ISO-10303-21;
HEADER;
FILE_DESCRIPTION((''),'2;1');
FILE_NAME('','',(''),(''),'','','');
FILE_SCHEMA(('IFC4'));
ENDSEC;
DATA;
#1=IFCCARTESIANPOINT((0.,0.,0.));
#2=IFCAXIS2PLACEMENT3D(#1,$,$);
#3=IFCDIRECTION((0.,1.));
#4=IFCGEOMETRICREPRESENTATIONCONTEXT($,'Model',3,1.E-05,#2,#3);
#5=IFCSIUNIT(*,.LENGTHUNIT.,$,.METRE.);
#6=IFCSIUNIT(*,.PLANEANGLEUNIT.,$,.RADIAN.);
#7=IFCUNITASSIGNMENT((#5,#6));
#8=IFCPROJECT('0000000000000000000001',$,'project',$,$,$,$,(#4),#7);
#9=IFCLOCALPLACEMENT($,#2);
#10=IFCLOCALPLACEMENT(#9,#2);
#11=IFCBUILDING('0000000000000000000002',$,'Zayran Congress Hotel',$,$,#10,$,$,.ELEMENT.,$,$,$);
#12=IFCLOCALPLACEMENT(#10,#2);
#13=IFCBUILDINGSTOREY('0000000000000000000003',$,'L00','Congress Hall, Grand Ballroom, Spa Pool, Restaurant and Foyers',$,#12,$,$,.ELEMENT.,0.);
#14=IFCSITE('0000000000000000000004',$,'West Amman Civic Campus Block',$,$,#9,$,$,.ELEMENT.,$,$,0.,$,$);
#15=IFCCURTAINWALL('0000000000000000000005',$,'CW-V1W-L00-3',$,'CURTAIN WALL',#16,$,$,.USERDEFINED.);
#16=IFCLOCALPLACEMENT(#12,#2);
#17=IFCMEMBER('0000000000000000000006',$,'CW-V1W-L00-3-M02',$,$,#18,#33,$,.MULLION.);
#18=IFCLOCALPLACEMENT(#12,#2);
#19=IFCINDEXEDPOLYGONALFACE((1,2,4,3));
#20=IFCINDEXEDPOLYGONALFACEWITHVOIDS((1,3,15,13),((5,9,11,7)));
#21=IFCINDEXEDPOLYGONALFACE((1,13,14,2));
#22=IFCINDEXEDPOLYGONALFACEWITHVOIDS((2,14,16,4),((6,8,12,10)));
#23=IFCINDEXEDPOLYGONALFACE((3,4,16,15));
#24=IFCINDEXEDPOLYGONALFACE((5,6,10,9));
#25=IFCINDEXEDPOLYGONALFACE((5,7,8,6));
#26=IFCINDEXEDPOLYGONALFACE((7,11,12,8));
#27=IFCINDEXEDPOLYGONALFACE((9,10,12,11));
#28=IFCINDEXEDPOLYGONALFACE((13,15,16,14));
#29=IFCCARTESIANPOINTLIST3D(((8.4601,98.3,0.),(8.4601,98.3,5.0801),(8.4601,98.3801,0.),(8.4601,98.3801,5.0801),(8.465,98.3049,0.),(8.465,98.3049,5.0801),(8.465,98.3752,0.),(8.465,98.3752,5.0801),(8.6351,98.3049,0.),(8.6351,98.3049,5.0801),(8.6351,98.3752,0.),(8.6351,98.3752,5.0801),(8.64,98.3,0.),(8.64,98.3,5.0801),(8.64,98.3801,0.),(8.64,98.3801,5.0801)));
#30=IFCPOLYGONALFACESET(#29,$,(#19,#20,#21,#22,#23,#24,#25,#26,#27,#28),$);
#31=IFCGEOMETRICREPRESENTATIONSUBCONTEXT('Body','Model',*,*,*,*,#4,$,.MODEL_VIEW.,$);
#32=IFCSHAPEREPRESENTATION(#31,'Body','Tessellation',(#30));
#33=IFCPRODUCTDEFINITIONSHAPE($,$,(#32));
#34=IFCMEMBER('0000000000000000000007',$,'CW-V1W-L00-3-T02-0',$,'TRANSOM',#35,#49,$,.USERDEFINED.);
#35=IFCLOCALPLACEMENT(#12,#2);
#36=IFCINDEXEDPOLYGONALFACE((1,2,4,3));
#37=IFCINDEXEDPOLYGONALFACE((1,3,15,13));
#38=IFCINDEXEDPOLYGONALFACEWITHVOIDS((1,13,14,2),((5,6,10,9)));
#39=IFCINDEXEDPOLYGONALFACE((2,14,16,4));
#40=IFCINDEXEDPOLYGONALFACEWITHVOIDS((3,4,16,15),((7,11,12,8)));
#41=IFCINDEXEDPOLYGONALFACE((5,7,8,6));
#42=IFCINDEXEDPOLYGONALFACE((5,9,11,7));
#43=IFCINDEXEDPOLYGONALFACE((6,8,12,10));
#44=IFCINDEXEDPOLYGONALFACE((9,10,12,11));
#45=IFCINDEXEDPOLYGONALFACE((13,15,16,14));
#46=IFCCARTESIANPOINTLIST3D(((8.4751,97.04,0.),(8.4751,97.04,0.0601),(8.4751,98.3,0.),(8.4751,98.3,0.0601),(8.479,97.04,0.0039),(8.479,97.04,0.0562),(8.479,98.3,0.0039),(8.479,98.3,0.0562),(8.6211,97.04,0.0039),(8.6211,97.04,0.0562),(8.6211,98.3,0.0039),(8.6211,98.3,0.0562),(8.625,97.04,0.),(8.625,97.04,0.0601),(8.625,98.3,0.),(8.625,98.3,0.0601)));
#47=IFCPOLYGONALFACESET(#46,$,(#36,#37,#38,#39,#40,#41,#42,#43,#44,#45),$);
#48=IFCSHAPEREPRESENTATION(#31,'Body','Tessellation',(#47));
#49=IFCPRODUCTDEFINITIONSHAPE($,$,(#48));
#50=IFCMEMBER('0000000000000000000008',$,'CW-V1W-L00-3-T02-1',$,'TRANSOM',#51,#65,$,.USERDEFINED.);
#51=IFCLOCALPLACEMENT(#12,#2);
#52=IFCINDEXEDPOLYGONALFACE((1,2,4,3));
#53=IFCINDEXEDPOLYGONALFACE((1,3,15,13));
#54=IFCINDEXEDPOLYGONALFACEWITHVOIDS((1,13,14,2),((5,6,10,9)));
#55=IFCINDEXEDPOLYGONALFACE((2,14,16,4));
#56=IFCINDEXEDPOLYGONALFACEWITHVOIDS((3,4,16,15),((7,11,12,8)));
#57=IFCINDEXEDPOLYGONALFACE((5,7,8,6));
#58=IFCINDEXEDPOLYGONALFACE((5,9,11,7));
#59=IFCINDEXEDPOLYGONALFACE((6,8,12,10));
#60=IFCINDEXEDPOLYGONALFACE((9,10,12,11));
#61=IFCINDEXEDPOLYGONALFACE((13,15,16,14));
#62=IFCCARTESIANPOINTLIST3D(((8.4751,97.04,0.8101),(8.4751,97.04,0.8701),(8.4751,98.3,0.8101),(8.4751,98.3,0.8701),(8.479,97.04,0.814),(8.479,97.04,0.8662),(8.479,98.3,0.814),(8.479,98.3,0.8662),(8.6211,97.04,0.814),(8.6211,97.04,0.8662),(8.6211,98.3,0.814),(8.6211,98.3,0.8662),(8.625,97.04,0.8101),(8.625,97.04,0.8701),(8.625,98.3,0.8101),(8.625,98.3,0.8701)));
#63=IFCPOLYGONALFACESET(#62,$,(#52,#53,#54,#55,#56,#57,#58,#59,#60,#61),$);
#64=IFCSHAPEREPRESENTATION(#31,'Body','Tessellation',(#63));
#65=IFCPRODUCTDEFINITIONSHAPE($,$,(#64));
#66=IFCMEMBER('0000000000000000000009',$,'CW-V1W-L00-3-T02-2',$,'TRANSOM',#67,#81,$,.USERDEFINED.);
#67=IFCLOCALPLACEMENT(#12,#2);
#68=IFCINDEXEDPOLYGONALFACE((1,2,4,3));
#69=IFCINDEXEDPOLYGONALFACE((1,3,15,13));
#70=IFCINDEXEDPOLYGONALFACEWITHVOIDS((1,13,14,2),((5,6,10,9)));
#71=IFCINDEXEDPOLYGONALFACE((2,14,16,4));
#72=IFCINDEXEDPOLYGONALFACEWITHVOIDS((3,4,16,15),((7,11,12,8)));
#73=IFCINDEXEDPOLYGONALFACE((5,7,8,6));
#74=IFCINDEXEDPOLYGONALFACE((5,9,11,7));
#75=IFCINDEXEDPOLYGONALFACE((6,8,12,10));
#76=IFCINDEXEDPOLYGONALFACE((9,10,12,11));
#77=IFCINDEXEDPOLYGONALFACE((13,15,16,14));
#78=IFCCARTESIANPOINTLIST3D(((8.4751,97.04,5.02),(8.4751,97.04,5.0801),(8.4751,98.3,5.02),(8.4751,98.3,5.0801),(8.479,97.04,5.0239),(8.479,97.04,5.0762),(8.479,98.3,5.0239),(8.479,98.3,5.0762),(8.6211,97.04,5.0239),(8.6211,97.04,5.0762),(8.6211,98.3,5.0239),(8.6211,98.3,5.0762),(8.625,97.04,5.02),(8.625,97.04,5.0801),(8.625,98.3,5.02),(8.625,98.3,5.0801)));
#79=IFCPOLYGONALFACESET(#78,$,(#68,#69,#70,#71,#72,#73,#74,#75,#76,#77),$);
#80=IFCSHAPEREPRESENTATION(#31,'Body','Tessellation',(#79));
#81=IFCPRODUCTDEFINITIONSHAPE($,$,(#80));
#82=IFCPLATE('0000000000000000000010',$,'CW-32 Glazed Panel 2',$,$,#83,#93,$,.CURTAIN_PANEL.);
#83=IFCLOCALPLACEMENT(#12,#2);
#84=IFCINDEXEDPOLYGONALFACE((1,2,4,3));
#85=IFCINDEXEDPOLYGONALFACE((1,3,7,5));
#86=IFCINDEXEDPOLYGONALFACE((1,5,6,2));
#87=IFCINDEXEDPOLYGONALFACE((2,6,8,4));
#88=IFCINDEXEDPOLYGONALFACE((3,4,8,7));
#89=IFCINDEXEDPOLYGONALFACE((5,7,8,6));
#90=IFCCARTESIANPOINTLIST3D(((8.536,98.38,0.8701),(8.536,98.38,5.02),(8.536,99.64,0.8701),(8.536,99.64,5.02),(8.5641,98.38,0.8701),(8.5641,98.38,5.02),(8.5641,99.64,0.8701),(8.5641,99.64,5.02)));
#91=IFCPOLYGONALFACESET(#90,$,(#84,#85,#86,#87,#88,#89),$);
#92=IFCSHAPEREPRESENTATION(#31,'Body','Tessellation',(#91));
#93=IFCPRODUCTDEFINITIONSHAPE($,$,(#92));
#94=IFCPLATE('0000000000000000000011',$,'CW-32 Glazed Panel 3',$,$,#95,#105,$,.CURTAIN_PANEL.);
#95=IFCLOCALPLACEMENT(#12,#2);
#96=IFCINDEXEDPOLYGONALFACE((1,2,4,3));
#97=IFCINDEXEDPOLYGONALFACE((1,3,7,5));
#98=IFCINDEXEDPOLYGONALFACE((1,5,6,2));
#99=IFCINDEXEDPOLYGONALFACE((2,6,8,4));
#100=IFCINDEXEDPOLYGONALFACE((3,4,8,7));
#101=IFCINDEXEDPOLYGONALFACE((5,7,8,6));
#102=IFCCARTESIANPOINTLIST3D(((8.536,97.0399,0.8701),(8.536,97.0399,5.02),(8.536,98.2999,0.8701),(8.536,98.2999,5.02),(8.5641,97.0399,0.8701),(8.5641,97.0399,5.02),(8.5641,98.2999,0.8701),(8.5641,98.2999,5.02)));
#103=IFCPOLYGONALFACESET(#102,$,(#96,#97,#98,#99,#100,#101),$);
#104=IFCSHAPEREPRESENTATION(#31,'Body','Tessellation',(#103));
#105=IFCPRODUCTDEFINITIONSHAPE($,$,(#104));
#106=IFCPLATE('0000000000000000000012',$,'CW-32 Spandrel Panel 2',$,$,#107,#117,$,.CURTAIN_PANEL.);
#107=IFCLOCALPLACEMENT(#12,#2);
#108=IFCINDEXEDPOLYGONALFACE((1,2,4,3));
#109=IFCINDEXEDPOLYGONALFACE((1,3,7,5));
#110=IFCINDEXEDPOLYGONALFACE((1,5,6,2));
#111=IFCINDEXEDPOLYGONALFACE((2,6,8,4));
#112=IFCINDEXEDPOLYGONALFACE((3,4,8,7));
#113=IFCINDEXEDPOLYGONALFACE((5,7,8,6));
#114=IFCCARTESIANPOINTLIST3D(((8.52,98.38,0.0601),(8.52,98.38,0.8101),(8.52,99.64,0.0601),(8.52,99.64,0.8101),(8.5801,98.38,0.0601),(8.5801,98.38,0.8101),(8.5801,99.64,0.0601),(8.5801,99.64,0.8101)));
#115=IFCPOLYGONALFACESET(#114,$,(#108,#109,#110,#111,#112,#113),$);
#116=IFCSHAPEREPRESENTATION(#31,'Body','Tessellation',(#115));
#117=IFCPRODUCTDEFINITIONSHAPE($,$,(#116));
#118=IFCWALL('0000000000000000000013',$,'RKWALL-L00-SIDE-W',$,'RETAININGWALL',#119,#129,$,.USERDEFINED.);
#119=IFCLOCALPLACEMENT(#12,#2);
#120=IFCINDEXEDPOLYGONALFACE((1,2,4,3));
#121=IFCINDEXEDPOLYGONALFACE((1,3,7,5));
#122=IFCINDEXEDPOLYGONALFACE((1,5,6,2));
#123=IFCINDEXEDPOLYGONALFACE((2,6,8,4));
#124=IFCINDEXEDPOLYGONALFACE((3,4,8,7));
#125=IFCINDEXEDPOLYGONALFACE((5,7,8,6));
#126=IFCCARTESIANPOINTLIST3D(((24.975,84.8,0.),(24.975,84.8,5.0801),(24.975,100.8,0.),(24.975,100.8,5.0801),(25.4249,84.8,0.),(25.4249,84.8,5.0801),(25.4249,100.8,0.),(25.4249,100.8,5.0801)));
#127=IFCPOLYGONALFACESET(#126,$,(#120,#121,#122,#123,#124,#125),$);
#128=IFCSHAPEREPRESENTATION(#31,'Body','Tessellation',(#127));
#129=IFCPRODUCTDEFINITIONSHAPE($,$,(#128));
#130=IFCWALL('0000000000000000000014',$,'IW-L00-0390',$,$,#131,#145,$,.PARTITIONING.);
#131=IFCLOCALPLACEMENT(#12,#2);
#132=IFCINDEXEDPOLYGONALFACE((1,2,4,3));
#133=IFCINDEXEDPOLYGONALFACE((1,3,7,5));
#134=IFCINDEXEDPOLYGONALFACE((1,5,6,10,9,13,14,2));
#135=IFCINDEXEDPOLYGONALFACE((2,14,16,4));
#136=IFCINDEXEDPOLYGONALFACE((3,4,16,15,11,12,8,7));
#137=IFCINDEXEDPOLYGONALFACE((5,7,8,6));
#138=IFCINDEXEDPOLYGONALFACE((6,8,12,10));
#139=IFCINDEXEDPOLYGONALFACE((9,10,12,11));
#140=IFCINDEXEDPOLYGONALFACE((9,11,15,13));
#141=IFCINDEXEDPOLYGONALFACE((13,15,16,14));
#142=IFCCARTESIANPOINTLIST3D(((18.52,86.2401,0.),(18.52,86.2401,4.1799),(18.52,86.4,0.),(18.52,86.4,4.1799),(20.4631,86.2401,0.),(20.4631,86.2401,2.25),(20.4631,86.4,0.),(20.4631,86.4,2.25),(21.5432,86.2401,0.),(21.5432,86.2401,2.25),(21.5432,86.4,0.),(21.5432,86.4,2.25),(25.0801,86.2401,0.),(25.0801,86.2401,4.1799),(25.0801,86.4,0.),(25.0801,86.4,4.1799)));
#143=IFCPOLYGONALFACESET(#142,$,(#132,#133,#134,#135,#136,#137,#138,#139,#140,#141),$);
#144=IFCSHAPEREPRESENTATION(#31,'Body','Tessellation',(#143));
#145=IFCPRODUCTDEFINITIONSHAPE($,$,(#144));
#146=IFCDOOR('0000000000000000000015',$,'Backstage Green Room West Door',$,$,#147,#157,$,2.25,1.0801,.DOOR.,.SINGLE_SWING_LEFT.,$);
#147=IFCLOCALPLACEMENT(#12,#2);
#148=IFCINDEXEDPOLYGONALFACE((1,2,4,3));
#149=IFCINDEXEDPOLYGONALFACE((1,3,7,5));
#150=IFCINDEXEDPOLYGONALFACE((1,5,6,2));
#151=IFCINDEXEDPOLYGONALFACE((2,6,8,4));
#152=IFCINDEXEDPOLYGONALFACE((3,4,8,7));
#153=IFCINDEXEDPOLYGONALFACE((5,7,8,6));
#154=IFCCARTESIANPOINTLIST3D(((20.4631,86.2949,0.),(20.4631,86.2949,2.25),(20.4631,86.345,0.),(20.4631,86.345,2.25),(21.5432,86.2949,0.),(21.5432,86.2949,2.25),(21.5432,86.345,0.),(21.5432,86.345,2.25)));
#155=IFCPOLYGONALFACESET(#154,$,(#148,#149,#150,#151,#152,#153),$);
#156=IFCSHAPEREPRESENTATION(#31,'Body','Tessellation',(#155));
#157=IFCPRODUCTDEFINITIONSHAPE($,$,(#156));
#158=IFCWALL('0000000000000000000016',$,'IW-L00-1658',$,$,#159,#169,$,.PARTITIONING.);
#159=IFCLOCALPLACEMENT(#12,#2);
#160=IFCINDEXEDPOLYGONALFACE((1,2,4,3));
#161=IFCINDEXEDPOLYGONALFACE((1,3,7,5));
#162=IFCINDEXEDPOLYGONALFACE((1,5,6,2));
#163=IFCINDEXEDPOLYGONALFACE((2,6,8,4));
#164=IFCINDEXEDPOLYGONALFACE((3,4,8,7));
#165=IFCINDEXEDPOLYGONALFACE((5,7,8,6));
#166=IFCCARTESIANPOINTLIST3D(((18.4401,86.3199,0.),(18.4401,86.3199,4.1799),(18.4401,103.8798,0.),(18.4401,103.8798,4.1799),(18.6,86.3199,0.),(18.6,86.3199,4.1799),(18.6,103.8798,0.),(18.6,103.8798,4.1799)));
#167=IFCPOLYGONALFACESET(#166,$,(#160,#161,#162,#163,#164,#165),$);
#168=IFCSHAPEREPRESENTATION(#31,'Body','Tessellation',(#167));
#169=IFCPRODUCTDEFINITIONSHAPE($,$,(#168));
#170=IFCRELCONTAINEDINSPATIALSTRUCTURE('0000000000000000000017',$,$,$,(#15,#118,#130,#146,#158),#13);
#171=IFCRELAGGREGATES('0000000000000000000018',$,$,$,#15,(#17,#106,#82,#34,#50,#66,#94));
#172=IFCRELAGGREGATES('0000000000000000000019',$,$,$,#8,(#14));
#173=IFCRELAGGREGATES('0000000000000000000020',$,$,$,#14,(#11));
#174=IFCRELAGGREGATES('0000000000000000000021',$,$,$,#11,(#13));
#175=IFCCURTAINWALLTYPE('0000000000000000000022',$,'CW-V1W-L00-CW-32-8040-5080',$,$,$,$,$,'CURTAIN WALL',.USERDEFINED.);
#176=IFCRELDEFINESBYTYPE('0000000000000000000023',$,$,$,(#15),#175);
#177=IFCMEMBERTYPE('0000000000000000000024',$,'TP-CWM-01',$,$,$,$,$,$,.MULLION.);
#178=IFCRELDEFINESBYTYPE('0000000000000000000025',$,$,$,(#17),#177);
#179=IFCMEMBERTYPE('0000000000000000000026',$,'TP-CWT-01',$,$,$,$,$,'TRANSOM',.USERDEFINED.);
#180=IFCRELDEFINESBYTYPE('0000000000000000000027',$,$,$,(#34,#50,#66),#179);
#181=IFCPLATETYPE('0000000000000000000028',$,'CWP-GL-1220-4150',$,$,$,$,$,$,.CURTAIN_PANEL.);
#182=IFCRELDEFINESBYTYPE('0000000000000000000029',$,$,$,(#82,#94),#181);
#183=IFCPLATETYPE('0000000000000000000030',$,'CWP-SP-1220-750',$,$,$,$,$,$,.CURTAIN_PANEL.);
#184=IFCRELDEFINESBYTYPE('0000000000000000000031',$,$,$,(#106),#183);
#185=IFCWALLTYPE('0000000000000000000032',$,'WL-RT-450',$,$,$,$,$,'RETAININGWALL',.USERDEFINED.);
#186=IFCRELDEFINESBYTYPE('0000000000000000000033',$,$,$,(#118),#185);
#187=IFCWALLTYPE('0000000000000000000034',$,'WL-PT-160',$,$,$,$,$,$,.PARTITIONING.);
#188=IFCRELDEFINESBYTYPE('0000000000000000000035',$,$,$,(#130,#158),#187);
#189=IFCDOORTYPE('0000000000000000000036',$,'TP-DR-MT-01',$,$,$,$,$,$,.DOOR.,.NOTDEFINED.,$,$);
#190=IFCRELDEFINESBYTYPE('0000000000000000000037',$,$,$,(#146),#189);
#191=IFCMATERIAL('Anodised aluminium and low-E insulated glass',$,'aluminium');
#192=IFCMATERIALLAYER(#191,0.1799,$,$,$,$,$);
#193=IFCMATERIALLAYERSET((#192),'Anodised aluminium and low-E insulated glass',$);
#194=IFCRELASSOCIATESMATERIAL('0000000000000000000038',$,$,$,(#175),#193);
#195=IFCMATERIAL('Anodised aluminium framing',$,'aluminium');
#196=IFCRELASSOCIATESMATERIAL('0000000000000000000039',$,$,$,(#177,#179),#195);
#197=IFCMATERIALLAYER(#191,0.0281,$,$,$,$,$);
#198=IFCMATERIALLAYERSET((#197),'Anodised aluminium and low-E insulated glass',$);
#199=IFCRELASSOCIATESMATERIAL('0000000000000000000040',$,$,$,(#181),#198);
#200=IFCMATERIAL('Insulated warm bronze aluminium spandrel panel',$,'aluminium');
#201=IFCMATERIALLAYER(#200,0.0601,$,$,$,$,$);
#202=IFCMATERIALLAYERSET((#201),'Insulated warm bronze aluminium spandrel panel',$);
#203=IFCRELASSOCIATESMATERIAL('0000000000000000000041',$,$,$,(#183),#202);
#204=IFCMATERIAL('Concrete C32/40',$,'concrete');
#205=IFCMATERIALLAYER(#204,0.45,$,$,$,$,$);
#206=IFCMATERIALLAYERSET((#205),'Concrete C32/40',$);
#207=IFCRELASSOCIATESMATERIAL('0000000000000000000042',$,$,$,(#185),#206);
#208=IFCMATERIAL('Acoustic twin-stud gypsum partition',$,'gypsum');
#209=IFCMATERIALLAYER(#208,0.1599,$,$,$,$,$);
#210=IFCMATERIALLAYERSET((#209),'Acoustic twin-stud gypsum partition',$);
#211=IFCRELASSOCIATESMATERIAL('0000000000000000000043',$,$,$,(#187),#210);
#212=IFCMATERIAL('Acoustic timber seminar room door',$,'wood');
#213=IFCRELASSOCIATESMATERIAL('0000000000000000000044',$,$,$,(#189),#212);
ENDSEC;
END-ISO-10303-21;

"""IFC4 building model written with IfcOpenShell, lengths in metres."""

from ifc_helpers import new_model, si_unit, direction, frame, frame_2d, origin, origin_2d, place, context, subcontext, project, spatial, rectangle, hollow_rectangle, extrude, material, layer, layer_set, material_profile, profile_set, type_object, element, fill, aggregate, save


model = new_model("IFC4")

# Units and contexts
model_context = context("Model", 3, precision=1e-05, world=origin(), true_north=direction((0.0, 1.0)))
body_context = subcontext(model_context, "Body", "Model", "MODEL_VIEW")
ifc_project = project(units=[si_unit("LENGTHUNIT", "METRE"), si_unit("PLANEANGLEUNIT", "RADIAN")], contexts=[model_context])

# Site, building, storey
site_placement = place(None, origin())
site = spatial("IfcSite", under=ifc_project, at=site_placement, Name="West Amman Civic Campus Block", CompositionType="ELEMENT", RefElevation=0.0)
building_placement = place(site_placement, origin())
building = spatial("IfcBuilding", under=site, at=building_placement, Name="Zayran Congress Hotel", CompositionType="ELEMENT")
storey_placement = place(building_placement, origin())
storey = spatial("IfcBuildingStorey", under=building, at=storey_placement, Name="L00", Description="Congress Hall, Grand Ballroom, Spa Pool, Restaurant and Foyers", CompositionType="ELEMENT", Elevation=0.0)

# Curtain wall, members, plates
ifc_material_1 = material(Name="Anodised aluminium and low-E insulated glass", Category="aluminium")
ifc_layer_1 = layer(ifc_material_1, 0.1799)
ifc_layer_set_1 = layer_set([ifc_layer_1], Name="Anodised aluminium and low-E insulated glass")
curtain_wall_type = type_object("IfcCurtainWallType", Name="CW-V1W-L00-CW-32-8040-5080", ElementType="CURTAIN WALL", PredefinedType="USERDEFINED", material=ifc_layer_set_1)
curtain_wall_placement = place(storey_placement, origin())
curtain_wall = element("IfcCurtainWall", 1, at=curtain_wall_placement, inside=storey, type_object=curtain_wall_type, Name="CW-V1W-L00-3", ObjectType="CURTAIN WALL", PredefinedType="USERDEFINED")
ifc_material_2 = material(Name="Anodised aluminium framing", Category="aluminium")
ifc_material_profile_1 = material_profile(ifc_material_2, hollow_rectangle(XDim=0.0801, YDim=0.1799, WallThickness=0.0049, at=origin_2d()), Name="RHS 180x80x5")
ifc_profile_set_1 = profile_set([ifc_material_profile_1], Name="Anodised aluminium framing")
member_type_1 = type_object("IfcMemberType", Name="TP-CWM-01", PredefinedType="MULLION", material=ifc_profile_set_1)
member_1_placement = place(storey_placement, frame((8.55, 98.3401, 0.0), z_axis=(0.0, 0.0, 1.0), x_axis=(0.0, 1.0, 0.0)))
member_1 = element("IfcMember", 2, at=member_1_placement, type_object=member_type_1, Name="CW-V1W-L00-3-M02", PredefinedType="MULLION", context=body_context, shape_type="SweptSolid", body=[
    extrude(hollow_rectangle(XDim=0.0801, YDim=0.1799, WallThickness=0.0049, at=origin_2d()), origin(), (0.0, 0.0, 1.0), 5.0801),
])
ifc_material_profile_2 = material_profile(ifc_material_2, hollow_rectangle(XDim=0.0601, YDim=0.1499, WallThickness=0.0039, at=origin_2d()), Name="RHS 150x60x4")
ifc_profile_set_2 = profile_set([ifc_material_profile_2], Name="Anodised aluminium framing")
member_type_2 = type_object("IfcMemberType", Name="TP-CWT-01", ElementType="TRANSOM", PredefinedType="USERDEFINED", material=ifc_profile_set_2)
member_2_placement = place(storey_placement, frame((8.55, 98.3, 0.03), z_axis=(0.0, -1.0, 0.0), x_axis=(0.0, 0.0, 1.0)))
member_2 = element("IfcMember", 3, at=member_2_placement, type_object=member_type_2, Name="CW-V1W-L00-3-T02-0", ObjectType="TRANSOM", PredefinedType="USERDEFINED", context=body_context, shape_type="SweptSolid", body=[
    extrude(hollow_rectangle(XDim=0.0601, YDim=0.1499, WallThickness=0.0039, at=origin_2d()), origin(), (0.0, 0.0, 1.0), 1.26),
])
member_3_placement = place(storey_placement, frame((8.55, 98.3, 0.8401), z_axis=(0.0, -1.0, 0.0), x_axis=(0.0, 0.0, 1.0)))
member_3 = element("IfcMember", 4, at=member_3_placement, type_object=member_type_2, Name="CW-V1W-L00-3-T02-1", ObjectType="TRANSOM", PredefinedType="USERDEFINED", context=body_context, shape_type="SweptSolid", body=[
    extrude(hollow_rectangle(XDim=0.0601, YDim=0.1499, WallThickness=0.0039, at=origin_2d()), origin(), (0.0, 0.0, 1.0), 1.26),
])
member_4_placement = place(storey_placement, frame((8.55, 98.3, 5.05), z_axis=(0.0, -1.0, 0.0), x_axis=(0.0, 0.0, 1.0)))
member_4 = element("IfcMember", 5, at=member_4_placement, type_object=member_type_2, Name="CW-V1W-L00-3-T02-2", ObjectType="TRANSOM", PredefinedType="USERDEFINED", context=body_context, shape_type="SweptSolid", body=[
    extrude(hollow_rectangle(XDim=0.0601, YDim=0.1499, WallThickness=0.0039, at=origin_2d()), origin(), (0.0, 0.0, 1.0), 1.26),
])
ifc_layer_2 = layer(ifc_material_1, 0.0281)
ifc_layer_set_2 = layer_set([ifc_layer_2], Name="Anodised aluminium and low-E insulated glass")
plate_type_1 = type_object("IfcPlateType", Name="CWP-GL-1220-4150", PredefinedType="CURTAIN_PANEL", material=ifc_layer_set_2)
plate_1_placement = place(storey_placement, frame((8.55, 99.01, 0.8701), z_axis=(0.0, 0.0, 1.0), x_axis=(0.0, 1.0, 0.0)))
plate_1 = element("IfcPlate", 6, at=plate_1_placement, type_object=plate_type_1, Name="CW-32 Glazed Panel 2", PredefinedType="CURTAIN_PANEL", context=body_context, shape_type="SweptSolid", body=[
    extrude(rectangle(XDim=1.26, YDim=0.0281, at=origin_2d()), origin(), (0.0, 0.0, 1.0), 4.1499),
])
plate_2_placement = place(storey_placement, frame((8.55, 97.6699, 0.8701), z_axis=(0.0, 0.0, 1.0), x_axis=(0.0, 1.0, 0.0)))
plate_2 = element("IfcPlate", 7, at=plate_2_placement, type_object=plate_type_1, Name="CW-32 Glazed Panel 3", PredefinedType="CURTAIN_PANEL", context=body_context, shape_type="SweptSolid", body=[
    extrude(rectangle(XDim=1.26, YDim=0.0281, at=origin_2d()), origin(), (0.0, 0.0, 1.0), 4.1499),
])
ifc_material_3 = material(Name="Insulated warm bronze aluminium spandrel panel", Category="aluminium")
ifc_layer_3 = layer(ifc_material_3, 0.0601)
ifc_layer_set_3 = layer_set([ifc_layer_3], Name="Insulated warm bronze aluminium spandrel panel")
plate_type_2 = type_object("IfcPlateType", Name="CWP-SP-1220-750", PredefinedType="CURTAIN_PANEL", material=ifc_layer_set_3)
plate_3_placement = place(storey_placement, frame((8.55, 99.01, 0.0601), z_axis=(0.0, 0.0, 1.0), x_axis=(0.0, 1.0, 0.0)))
plate_3 = element("IfcPlate", 8, at=plate_3_placement, type_object=plate_type_2, Name="CW-32 Spandrel Panel 2", PredefinedType="CURTAIN_PANEL", context=body_context, shape_type="SweptSolid", body=[
    extrude(rectangle(XDim=1.26, YDim=0.0601, at=origin_2d()), origin(), (0.0, 0.0, 1.0), 0.75),
])
aggregate(curtain_wall, [member_1, plate_3, plate_1, member_2, member_3, member_4, plate_2])

# Wall
ifc_material_4 = material(Name="Concrete C32/40", Category="concrete")
ifc_layer_4 = layer(ifc_material_4, 0.45)
ifc_layer_set_4 = layer_set([ifc_layer_4], Name="Concrete C32/40")
wall_type_1 = type_object("IfcWallType", Name="WL-RT-450", ElementType="RETAININGWALL", PredefinedType="USERDEFINED", material=ifc_layer_set_4)
wall_1_placement = place(storey_placement, frame((25.2, 84.8, 0.0), z_axis=(0.0, 0.0, 1.0), x_axis=(0.0, 1.0, 0.0)))
element("IfcWall", 9, at=wall_1_placement, inside=storey, type_object=wall_type_1, Name="RKWALL-L00-SIDE-W", ObjectType="RETAININGWALL", PredefinedType="USERDEFINED", context=body_context, shape_type="SweptSolid", body=[
    extrude(rectangle(XDim=16.0, YDim=0.45, at=frame_2d((8.0, 0.0))), origin(), (0.0, 0.0, 1.0), 5.0801),
])

# Wall, opening, door
ifc_material_5 = material(Name="Acoustic twin-stud gypsum partition", Category="gypsum")
ifc_layer_5 = layer(ifc_material_5, 0.1599)
ifc_layer_set_5 = layer_set([ifc_layer_5], Name="Acoustic twin-stud gypsum partition")
wall_type_2 = type_object("IfcWallType", Name="WL-PT-160", PredefinedType="PARTITIONING", material=ifc_layer_set_5)
wall_2_placement = place(storey_placement, frame((18.52, 86.3201, 0.0), z_axis=(0.0, 0.0, 1.0), x_axis=(1.0, 0.0, 0.0)))
wall_2 = element("IfcWall", 10, at=wall_2_placement, inside=storey, type_object=wall_type_2, Name="IW-L00-0390", PredefinedType="PARTITIONING", context=body_context, shape_type="SweptSolid", body=[
    extrude(rectangle(XDim=6.5601, YDim=0.1599, at=frame_2d((3.28, 0.0))), origin(), (0.0, 0.0, 1.0), 4.1799),
])
opening_placement = place(wall_2_placement, frame((1.9431, 0.0, 0.0)))
opening = element("IfcOpeningElement", 11, at=opening_placement, cuts=wall_2, PredefinedType="OPENING", context=body_context, shape_type="SweptSolid", body=[
    extrude(rectangle(XDim=1.0801, YDim=2.25, at=frame_2d((0.54, 1.125))), frame((0.0, 0.0898, 0.0), z_axis=(0.0, -1.0, 0.0), x_axis=(1.0, 0.0, 0.0)), (0.0, 0.0, 1.0), 0.1799),
])
ifc_material_6 = material(Name="Acoustic timber seminar room door", Category="wood")
door_type = type_object("IfcDoorType", Name="TP-DR-MT-01", OperationType="NOTDEFINED", PredefinedType="DOOR", material=ifc_material_6)
door_placement = place(opening_placement, origin())
door = element("IfcDoor", 12, at=door_placement, inside=storey, type_object=door_type, Name="Backstage Green Room West Door", OperationType="SINGLE_SWING_LEFT", OverallHeight=2.25, OverallWidth=1.0801, PredefinedType="DOOR", context=body_context, shape_type="SweptSolid", body=[
    extrude(rectangle(XDim=1.0801, YDim=2.25, at=frame_2d((0.54, 1.125))), frame((0.0, 0.0249, 0.0), z_axis=(0.0, -1.0, 0.0), x_axis=(1.0, 0.0, 0.0)), (0.0, 0.0, 1.0), 0.05),
])
fill(opening, door)

# Wall
wall_3_placement = place(storey_placement, frame((18.52, 86.3201, 0.0), z_axis=(0.0, 0.0, 1.0), x_axis=(0.0, 1.0, 0.0)))
element("IfcWall", 13, at=wall_3_placement, inside=storey, type_object=wall_type_2, Name="IW-L00-1658", PredefinedType="PARTITIONING", context=body_context, shape_type="SweptSolid", body=[
    extrude(rectangle(XDim=17.5598, YDim=0.1599, at=frame_2d((8.7798, 0.0))), origin(), (0.0, 0.0, 1.0), 4.1799),
])

save(model, "model.ifc")
